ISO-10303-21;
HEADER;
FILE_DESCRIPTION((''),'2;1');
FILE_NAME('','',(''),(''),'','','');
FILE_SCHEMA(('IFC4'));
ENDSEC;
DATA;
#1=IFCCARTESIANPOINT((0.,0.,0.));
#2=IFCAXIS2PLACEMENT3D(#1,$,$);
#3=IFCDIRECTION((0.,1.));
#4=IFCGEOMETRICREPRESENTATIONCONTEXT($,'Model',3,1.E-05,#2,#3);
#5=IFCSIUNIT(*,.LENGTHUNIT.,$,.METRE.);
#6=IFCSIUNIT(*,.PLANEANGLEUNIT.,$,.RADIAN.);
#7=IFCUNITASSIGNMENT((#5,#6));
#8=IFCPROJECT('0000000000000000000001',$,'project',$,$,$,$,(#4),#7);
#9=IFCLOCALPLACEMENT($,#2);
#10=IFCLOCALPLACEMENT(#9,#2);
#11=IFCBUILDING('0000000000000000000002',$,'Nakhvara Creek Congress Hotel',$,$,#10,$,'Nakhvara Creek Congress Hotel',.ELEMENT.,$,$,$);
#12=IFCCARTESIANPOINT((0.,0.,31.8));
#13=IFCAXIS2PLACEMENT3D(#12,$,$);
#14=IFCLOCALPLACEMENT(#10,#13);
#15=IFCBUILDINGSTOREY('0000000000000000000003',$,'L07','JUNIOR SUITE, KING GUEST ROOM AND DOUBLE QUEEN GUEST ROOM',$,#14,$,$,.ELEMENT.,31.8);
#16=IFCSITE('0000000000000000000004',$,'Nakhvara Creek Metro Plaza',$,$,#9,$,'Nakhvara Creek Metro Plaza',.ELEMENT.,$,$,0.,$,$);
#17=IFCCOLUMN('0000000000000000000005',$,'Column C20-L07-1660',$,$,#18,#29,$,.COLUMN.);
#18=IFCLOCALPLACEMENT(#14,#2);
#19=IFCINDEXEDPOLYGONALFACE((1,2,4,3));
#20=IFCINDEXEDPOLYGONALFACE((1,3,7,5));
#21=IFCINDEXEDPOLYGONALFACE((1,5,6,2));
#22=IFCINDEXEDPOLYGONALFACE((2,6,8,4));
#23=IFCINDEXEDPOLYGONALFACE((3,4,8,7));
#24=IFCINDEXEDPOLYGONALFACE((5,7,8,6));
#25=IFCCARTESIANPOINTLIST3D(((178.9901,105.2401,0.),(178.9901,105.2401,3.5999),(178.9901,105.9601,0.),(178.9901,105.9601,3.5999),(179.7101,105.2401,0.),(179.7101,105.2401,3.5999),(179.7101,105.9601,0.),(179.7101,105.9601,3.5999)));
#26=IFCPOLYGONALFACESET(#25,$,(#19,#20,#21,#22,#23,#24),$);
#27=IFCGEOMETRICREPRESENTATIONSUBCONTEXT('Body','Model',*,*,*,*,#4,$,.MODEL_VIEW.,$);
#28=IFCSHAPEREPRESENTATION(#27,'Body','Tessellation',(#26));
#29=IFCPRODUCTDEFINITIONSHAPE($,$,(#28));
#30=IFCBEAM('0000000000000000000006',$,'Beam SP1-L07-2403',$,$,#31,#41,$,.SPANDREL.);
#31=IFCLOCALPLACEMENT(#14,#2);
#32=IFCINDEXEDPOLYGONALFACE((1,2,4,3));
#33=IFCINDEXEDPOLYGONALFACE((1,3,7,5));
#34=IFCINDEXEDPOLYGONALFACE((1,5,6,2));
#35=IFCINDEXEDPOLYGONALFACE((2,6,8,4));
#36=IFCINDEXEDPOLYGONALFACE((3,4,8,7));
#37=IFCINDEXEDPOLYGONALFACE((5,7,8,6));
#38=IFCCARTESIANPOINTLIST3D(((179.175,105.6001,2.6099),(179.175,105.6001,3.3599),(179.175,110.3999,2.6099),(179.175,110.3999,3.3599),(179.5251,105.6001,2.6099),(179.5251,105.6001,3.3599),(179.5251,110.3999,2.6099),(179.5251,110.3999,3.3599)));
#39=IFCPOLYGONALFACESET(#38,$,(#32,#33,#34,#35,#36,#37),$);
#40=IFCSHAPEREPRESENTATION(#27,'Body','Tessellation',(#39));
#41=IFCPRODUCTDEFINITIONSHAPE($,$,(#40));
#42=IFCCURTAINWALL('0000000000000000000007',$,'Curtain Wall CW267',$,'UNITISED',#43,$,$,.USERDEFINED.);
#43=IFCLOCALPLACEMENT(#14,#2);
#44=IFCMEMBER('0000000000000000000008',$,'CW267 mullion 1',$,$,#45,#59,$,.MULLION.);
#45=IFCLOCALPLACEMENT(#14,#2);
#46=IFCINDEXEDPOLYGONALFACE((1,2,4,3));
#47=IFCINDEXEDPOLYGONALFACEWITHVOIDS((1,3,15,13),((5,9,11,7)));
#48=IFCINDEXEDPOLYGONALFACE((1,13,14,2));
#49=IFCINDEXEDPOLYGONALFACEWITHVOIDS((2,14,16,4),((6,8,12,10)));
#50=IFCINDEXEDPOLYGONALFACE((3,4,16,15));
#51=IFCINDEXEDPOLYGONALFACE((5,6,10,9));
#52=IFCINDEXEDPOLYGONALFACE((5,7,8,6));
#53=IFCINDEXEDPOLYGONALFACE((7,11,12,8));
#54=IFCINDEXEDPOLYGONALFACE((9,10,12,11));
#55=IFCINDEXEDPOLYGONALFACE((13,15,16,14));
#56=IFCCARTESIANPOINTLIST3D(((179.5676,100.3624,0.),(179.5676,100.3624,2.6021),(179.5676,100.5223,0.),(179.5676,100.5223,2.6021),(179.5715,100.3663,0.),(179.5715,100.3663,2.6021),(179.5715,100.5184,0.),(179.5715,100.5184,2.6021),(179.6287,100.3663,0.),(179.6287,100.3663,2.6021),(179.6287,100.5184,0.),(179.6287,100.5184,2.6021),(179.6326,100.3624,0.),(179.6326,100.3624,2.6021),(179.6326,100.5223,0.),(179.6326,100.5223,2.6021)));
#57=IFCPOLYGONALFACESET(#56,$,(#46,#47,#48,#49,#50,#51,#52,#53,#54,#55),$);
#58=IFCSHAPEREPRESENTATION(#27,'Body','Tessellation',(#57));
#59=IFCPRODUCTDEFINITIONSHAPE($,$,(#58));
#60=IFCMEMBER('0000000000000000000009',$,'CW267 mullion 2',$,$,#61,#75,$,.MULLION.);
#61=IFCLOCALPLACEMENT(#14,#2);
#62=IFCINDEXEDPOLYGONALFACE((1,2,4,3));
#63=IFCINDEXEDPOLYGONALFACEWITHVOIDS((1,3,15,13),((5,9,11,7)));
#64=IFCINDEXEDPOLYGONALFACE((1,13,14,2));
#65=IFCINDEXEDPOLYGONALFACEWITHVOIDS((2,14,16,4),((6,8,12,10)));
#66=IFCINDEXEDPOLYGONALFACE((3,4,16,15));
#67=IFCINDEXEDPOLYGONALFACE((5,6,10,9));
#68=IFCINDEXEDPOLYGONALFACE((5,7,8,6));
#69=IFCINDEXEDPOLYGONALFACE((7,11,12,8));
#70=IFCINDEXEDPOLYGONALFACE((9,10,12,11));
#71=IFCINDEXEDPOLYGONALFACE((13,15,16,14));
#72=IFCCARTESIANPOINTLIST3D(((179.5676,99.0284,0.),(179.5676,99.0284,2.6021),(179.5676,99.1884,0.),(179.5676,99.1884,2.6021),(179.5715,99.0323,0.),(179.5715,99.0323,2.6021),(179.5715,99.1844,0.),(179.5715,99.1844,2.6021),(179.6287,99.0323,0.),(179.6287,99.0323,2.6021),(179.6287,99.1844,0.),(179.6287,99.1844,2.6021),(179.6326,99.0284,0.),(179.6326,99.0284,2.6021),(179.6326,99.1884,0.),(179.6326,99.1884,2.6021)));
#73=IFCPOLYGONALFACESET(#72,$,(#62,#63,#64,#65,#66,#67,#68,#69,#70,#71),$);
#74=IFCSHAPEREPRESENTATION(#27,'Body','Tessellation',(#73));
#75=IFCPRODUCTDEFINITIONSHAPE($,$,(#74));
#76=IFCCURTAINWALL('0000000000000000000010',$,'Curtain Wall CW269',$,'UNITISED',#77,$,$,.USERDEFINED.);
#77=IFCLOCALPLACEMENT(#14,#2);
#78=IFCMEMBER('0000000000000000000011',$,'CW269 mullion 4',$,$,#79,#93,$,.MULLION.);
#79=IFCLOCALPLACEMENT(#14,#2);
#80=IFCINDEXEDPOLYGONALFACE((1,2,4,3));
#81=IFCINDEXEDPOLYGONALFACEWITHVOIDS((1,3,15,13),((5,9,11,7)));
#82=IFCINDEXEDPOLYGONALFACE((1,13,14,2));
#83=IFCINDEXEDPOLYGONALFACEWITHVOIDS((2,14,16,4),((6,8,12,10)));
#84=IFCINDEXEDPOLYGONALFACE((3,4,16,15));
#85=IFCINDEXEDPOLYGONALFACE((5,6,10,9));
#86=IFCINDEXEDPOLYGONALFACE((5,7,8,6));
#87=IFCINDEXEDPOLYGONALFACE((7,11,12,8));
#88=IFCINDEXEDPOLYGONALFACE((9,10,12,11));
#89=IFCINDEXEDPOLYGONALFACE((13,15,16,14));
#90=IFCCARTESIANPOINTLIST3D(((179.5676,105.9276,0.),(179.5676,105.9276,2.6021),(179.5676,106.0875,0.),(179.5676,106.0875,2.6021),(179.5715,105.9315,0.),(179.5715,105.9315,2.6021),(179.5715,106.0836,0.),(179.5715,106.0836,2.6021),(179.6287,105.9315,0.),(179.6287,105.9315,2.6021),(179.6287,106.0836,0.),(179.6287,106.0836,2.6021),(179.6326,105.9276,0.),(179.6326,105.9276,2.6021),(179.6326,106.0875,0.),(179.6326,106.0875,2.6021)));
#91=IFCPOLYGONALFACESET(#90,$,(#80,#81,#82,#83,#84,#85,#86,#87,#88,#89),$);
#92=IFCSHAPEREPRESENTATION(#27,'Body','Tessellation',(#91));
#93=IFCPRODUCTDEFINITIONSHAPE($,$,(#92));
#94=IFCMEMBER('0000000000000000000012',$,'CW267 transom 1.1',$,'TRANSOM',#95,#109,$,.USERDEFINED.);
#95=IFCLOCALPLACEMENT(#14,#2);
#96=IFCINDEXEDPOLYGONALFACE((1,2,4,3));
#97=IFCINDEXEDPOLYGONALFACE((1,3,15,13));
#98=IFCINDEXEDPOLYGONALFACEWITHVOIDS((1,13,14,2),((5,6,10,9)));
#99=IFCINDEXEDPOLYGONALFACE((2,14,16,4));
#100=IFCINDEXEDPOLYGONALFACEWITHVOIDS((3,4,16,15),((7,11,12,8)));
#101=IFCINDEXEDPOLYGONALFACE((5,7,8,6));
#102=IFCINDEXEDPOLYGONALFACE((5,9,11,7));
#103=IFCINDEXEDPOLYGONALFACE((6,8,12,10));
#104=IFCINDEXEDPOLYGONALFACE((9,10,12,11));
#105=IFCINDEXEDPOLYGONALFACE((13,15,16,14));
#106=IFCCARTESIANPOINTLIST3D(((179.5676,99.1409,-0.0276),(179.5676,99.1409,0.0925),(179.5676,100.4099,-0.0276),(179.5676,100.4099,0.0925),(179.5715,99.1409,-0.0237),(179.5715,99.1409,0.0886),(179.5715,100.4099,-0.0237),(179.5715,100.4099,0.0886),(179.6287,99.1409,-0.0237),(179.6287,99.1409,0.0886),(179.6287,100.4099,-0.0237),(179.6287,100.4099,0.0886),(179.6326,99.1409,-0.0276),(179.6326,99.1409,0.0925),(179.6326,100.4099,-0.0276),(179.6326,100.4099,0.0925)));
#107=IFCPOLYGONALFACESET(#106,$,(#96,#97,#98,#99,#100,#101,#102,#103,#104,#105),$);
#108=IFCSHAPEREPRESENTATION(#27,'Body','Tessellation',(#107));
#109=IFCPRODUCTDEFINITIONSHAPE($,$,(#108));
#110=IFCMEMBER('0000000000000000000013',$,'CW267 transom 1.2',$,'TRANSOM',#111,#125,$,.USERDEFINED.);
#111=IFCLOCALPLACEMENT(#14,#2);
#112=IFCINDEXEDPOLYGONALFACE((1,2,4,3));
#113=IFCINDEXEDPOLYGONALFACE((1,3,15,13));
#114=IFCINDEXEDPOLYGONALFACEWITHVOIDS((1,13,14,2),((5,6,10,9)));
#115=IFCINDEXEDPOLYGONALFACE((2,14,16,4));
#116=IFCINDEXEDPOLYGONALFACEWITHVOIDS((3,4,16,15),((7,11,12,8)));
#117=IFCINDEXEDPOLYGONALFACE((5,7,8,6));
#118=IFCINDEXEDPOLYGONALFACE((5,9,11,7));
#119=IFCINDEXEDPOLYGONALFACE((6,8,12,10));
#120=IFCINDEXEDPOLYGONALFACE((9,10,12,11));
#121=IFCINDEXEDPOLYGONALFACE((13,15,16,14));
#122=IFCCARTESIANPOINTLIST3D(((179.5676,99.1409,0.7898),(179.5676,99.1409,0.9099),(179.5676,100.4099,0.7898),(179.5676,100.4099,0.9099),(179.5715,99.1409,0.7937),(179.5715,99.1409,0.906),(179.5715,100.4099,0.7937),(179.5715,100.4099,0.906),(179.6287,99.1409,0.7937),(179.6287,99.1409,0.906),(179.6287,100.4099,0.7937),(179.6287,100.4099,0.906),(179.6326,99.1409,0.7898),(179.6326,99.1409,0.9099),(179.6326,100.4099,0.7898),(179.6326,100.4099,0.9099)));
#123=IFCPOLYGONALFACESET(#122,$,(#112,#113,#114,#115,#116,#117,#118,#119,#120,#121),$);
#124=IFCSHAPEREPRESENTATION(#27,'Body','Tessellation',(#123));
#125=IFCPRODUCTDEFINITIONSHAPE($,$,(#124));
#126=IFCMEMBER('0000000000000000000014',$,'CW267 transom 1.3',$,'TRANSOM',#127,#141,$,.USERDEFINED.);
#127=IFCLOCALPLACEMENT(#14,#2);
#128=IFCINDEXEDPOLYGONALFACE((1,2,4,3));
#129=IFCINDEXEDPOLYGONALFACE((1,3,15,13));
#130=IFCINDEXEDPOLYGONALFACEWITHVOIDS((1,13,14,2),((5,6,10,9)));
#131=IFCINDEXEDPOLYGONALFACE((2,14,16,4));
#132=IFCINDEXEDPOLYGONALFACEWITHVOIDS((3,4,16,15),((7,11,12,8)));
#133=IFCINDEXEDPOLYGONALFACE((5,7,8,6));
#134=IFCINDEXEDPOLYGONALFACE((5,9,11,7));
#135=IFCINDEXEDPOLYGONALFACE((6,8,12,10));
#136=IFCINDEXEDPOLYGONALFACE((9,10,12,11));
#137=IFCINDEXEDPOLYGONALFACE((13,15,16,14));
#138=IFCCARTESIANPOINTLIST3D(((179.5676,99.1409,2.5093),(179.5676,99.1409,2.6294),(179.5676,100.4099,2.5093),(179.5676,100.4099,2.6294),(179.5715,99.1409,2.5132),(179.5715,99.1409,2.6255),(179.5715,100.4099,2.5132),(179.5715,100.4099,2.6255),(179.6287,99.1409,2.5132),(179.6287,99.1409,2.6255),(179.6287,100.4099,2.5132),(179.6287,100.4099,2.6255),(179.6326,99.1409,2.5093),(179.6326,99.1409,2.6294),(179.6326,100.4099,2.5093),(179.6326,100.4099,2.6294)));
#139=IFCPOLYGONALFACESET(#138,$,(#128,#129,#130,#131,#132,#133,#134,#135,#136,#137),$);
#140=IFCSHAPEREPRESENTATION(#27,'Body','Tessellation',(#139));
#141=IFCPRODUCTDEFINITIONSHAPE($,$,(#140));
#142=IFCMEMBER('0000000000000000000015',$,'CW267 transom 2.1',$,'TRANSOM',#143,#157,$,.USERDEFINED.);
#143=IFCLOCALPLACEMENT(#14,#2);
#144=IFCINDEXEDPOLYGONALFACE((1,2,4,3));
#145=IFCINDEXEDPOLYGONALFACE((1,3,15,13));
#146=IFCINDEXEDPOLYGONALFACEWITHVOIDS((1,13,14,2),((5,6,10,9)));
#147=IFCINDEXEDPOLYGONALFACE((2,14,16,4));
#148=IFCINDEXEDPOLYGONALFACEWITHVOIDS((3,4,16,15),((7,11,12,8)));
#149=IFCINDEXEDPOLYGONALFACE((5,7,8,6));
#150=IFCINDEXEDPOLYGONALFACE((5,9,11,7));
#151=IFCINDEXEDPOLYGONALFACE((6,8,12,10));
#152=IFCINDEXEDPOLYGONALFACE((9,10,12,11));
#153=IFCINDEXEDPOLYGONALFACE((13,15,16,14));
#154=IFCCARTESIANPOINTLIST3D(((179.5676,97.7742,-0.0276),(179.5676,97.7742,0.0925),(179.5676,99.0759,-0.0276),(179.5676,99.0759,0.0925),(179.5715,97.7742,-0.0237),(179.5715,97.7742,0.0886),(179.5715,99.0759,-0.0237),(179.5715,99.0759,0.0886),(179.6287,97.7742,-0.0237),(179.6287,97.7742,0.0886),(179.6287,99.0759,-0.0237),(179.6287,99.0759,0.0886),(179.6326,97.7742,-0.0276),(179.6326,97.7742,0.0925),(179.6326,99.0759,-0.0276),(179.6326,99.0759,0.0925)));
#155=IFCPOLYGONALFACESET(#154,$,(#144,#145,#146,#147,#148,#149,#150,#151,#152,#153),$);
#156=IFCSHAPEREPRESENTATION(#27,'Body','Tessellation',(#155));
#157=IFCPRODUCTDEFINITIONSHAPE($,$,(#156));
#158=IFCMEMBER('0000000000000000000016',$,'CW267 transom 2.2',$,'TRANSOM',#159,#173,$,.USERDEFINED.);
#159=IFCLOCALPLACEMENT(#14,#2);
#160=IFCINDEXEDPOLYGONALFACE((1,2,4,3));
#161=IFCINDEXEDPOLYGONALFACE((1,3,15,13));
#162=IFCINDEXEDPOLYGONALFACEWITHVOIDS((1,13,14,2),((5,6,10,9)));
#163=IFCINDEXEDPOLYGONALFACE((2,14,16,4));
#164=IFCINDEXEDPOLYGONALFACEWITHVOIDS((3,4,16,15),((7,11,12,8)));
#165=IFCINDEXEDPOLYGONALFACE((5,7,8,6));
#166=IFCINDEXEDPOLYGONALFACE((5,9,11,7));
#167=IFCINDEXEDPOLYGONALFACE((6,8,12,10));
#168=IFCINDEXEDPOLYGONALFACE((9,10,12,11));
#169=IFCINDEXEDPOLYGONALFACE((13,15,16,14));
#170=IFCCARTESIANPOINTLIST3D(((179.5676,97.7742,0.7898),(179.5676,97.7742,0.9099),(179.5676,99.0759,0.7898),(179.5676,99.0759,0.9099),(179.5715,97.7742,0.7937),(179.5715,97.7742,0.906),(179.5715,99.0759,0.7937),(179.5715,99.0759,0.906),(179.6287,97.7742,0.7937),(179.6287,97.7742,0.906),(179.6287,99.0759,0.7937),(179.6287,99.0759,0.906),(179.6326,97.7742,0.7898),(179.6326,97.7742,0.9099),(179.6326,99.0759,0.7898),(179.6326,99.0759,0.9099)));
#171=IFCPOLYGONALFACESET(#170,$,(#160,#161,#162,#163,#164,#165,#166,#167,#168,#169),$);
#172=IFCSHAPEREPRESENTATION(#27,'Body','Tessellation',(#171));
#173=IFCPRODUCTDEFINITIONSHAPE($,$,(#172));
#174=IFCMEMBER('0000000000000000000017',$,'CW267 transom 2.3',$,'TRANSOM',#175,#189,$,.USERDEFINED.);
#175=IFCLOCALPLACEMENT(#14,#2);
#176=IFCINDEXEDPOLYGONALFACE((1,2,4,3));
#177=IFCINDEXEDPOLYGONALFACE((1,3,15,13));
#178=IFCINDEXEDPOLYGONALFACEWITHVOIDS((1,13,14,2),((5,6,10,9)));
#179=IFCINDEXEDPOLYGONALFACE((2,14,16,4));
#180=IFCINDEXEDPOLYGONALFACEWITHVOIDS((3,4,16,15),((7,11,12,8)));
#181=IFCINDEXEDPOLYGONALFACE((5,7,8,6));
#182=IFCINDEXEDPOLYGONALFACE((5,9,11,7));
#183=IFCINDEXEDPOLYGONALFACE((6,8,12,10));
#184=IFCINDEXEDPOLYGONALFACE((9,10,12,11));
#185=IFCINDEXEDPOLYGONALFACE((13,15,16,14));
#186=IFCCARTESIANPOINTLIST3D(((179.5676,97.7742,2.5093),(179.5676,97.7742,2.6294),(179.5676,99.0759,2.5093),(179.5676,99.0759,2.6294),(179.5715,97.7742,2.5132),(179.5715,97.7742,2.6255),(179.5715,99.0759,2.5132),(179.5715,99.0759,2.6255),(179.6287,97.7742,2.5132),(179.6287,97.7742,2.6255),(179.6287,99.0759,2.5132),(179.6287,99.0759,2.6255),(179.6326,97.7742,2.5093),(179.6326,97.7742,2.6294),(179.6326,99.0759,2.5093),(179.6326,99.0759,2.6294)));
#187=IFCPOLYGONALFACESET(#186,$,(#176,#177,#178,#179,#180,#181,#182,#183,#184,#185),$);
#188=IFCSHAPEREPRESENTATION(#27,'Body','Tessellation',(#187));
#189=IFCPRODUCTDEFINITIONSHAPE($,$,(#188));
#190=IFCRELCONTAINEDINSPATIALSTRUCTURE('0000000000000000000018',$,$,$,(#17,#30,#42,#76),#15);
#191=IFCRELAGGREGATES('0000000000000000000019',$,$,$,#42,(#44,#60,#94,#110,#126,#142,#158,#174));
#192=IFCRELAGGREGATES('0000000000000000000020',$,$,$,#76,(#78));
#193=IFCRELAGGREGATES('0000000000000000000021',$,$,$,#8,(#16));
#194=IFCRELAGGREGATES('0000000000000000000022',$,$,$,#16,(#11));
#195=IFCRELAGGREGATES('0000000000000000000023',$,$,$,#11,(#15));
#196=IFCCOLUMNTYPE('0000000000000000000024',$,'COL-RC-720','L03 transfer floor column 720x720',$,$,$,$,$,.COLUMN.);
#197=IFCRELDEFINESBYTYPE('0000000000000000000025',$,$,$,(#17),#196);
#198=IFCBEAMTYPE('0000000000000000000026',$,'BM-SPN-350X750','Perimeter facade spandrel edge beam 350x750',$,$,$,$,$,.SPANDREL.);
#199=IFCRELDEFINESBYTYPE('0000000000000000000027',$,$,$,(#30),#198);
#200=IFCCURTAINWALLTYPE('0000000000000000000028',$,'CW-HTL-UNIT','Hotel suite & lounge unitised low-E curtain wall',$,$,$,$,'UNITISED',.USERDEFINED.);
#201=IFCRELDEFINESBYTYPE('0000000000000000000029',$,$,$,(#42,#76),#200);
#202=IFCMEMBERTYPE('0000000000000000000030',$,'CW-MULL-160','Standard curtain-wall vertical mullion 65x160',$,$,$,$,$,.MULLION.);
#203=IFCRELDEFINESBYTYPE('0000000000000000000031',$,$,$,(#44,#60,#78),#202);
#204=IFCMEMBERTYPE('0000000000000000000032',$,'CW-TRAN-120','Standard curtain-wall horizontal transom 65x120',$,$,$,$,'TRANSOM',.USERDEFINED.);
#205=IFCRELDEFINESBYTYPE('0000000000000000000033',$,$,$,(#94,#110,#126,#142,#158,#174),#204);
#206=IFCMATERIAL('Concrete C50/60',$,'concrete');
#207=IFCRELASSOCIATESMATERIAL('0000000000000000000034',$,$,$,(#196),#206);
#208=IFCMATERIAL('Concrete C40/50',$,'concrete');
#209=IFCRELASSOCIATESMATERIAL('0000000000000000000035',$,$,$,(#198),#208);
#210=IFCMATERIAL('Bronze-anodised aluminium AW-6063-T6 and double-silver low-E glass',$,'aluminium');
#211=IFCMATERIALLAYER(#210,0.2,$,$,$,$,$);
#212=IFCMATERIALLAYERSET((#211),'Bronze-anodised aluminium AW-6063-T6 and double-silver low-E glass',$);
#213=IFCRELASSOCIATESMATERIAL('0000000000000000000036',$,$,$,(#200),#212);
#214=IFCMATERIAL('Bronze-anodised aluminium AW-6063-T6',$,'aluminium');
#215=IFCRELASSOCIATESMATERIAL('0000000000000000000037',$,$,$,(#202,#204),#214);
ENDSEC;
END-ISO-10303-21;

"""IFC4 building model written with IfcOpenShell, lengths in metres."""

from ifc_helpers import new_model, si_unit, direction, frame, origin, origin_2d, place, context, subcontext, project, spatial, rectangle, hollow_rectangle, extrude, material, layer, layer_set, material_profile, profile_set, type_object, element, aggregate, save


model = new_model("IFC4")

# Units and contexts
model_context = context("Model", 3, precision=1e-05, world=origin(), true_north=direction((0.0, 1.0)))
body_context = subcontext(model_context, "Body", "Model", "MODEL_VIEW")
ifc_project = project(units=[si_unit("LENGTHUNIT", "METRE"), si_unit("PLANEANGLEUNIT", "RADIAN")], contexts=[model_context])

# Site, building, storey
site_placement = place(None, origin())
site = spatial("IfcSite", under=ifc_project, at=site_placement, Name="Nakhvara Creek Metro Plaza", LongName="Nakhvara Creek Metro Plaza", CompositionType="ELEMENT", RefElevation=0.0)
building_placement = place(site_placement, origin())
building = spatial("IfcBuilding", under=site, at=building_placement, Name="Nakhvara Creek Congress Hotel", LongName="Nakhvara Creek Congress Hotel", CompositionType="ELEMENT")
storey_placement = place(building_placement, frame((0.0, 0.0, 31.8)))
storey = spatial("IfcBuildingStorey", under=building, at=storey_placement, Name="L07", Description="JUNIOR SUITE, KING GUEST ROOM AND DOUBLE QUEEN GUEST ROOM", CompositionType="ELEMENT", Elevation=31.8)

# Column
ifc_material_1 = material(Name="Concrete C50/60", Category="concrete")
ifc_material_profile_1 = material_profile(ifc_material_1, rectangle(XDim=0.72, YDim=0.72, at=origin_2d()), Name="RC-COL 720x720", Category="LoadBearing")
ifc_profile_set_1 = profile_set([ifc_material_profile_1], Name="Concrete C50/60")
column_type = type_object("IfcColumnType", Name="COL-RC-720", Description="L03 transfer floor column 720x720", PredefinedType="COLUMN", material=ifc_profile_set_1)
column_placement = place(storey_placement, frame((179.3501, 105.6001, 0.0), z_axis=(0.0, 0.0, 1.0), x_axis=(1.0, 0.0, 0.0)))
element("IfcColumn", 1, at=column_placement, inside=storey, type_object=column_type, Name="Column C20-L07-1660", PredefinedType="COLUMN", context=body_context, shape_type="SweptSolid", body=[
    extrude(rectangle(XDim=0.72, YDim=0.72, at=origin_2d()), origin(), (0.0, 0.0, 1.0), 3.5999),
])

# Beam
ifc_material_2 = material(Name="Concrete C40/50", Category="concrete")
ifc_material_profile_2 = material_profile(ifc_material_2, rectangle(XDim=0.3501, YDim=0.75, at=origin_2d()), Name="RC-SPANDREL 350x750", Category="LoadBearing")
ifc_profile_set_2 = profile_set([ifc_material_profile_2], Name="Concrete C40/50")
beam_type = type_object("IfcBeamType", Name="BM-SPN-350X750", Description="Perimeter facade spandrel edge beam 350x750", PredefinedType="SPANDREL", material=ifc_profile_set_2)
beam_placement = place(storey_placement, frame((179.3501, 105.6001, 2.9849), z_axis=(0.0, 1.0, 0.0), x_axis=(-1.0, 0.0, 0.0)))
element("IfcBeam", 2, at=beam_placement, inside=storey, type_object=beam_type, Name="Beam SP1-L07-2403", PredefinedType="SPANDREL", context=body_context, shape_type="SweptSolid", body=[
    extrude(rectangle(XDim=0.3501, YDim=0.75, at=origin_2d()), origin(), (0.0, 0.0, 1.0), 4.7998),
])

# Curtain wall, members
ifc_material_3 = material(Name="Bronze-anodised aluminium AW-6063-T6 and double-silver low-E glass", Category="aluminium")
ifc_layer_1 = layer(ifc_material_3, 0.2)
ifc_layer_set_1 = layer_set([ifc_layer_1], Name="Bronze-anodised aluminium AW-6063-T6 and double-silver low-E glass")
curtain_wall_type = type_object("IfcCurtainWallType", Name="CW-HTL-UNIT", Description="Hotel suite & lounge unitised low-E curtain wall", ElementType="UNITISED", PredefinedType="USERDEFINED", material=ifc_layer_set_1)
curtain_wall_1_placement = place(storey_placement, origin())
curtain_wall_1 = element("IfcCurtainWall", 3, at=curtain_wall_1_placement, inside=storey, type_object=curtain_wall_type, Name="Curtain Wall CW267", ObjectType="UNITISED", PredefinedType="USERDEFINED")
ifc_material_4 = material(Name="Bronze-anodised aluminium AW-6063-T6", Category="aluminium")
ifc_material_profile_3 = material_profile(ifc_material_4, hollow_rectangle(XDim=0.0649, YDim=0.1599, WallThickness=0.0039, at=origin_2d()), Name="ALU-MULL 65x160x4", Category="LoadBearing")
ifc_profile_set_3 = profile_set([ifc_material_profile_3], Name="Bronze-anodised aluminium AW-6063-T6")
member_type_1 = type_object("IfcMemberType", Name="CW-MULL-160", Description="Standard curtain-wall vertical mullion 65x160", PredefinedType="MULLION", material=ifc_profile_set_3)
member_1_placement = place(storey_placement, frame((179.6001, 100.4424, 0.0), z_axis=(0.0, 0.0, 1.0), x_axis=(1.0, 0.0, 0.0)))
member_1 = element("IfcMember", 4, at=member_1_placement, type_object=member_type_1, Name="CW267 mullion 1", PredefinedType="MULLION", context=body_context, shape_type="SweptSolid", body=[
    extrude(hollow_rectangle(XDim=0.0649, YDim=0.1599, WallThickness=0.0039, at=origin_2d()), origin(), (0.0, 0.0, 1.0), 2.6021),
])
member_2_placement = place(storey_placement, frame((179.6001, 99.1084, 0.0), z_axis=(0.0, 0.0, 1.0), x_axis=(1.0, 0.0, 0.0)))
member_2 = element("IfcMember", 5, at=member_2_placement, type_object=member_type_1, Name="CW267 mullion 2", PredefinedType="MULLION", context=body_context, shape_type="SweptSolid", body=[
    extrude(hollow_rectangle(XDim=0.0649, YDim=0.1599, WallThickness=0.0039, at=origin_2d()), origin(), (0.0, 0.0, 1.0), 2.6021),
])

# Curtain wall, member
curtain_wall_2_placement = place(storey_placement, origin())
curtain_wall_2 = element("IfcCurtainWall", 6, at=curtain_wall_2_placement, inside=storey, type_object=curtain_wall_type, Name="Curtain Wall CW269", ObjectType="UNITISED", PredefinedType="USERDEFINED")
member_3_placement = place(storey_placement, frame((179.6001, 106.0076, 0.0), z_axis=(0.0, 0.0, 1.0), x_axis=(1.0, 0.0, 0.0)))
member_3 = element("IfcMember", 7, at=member_3_placement, type_object=member_type_1, Name="CW269 mullion 4", PredefinedType="MULLION", context=body_context, shape_type="SweptSolid", body=[
    extrude(hollow_rectangle(XDim=0.0649, YDim=0.1599, WallThickness=0.0039, at=origin_2d()), origin(), (0.0, 0.0, 1.0), 2.6021),
])

# Members
ifc_material_profile_4 = material_profile(ifc_material_4, hollow_rectangle(XDim=0.0649, YDim=0.1201, WallThickness=0.0039, at=origin_2d()), Name="ALU-TRAN 65x120x4", Category="LoadBearing")
ifc_profile_set_4 = profile_set([ifc_material_profile_4], Name="Bronze-anodised aluminium AW-6063-T6")
member_type_2 = type_object("IfcMemberType", Name="CW-TRAN-120", Description="Standard curtain-wall horizontal transom 65x120", ElementType="TRANSOM", PredefinedType="USERDEFINED", material=ifc_profile_set_4)
member_4_placement = place(storey_placement, frame((179.6001, 100.4099, 0.0325), z_axis=(0.0, -1.0, 0.0), x_axis=(1.0, 0.0, 0.0)))
member_4 = element("IfcMember", 8, at=member_4_placement, type_object=member_type_2, Name="CW267 transom 1.1", ObjectType="TRANSOM", PredefinedType="USERDEFINED", context=body_context, shape_type="SweptSolid", body=[
    extrude(hollow_rectangle(XDim=0.0649, YDim=0.1201, WallThickness=0.0039, at=origin_2d()), origin(), (0.0, 0.0, 1.0), 1.269),
])
member_5_placement = place(storey_placement, frame((179.6001, 100.4099, 0.8499), z_axis=(0.0, -1.0, 0.0), x_axis=(1.0, 0.0, 0.0)))
member_5 = element("IfcMember", 9, at=member_5_placement, type_object=member_type_2, Name="CW267 transom 1.2", ObjectType="TRANSOM", PredefinedType="USERDEFINED", context=body_context, shape_type="SweptSolid", body=[
    extrude(hollow_rectangle(XDim=0.0649, YDim=0.1201, WallThickness=0.0039, at=origin_2d()), origin(), (0.0, 0.0, 1.0), 1.269),
])
member_6_placement = place(storey_placement, frame((179.6001, 100.4099, 2.5693), z_axis=(0.0, -1.0, 0.0), x_axis=(1.0, 0.0, 0.0)))
member_6 = element("IfcMember", 10, at=member_6_placement, type_object=member_type_2, Name="CW267 transom 1.3", ObjectType="TRANSOM", PredefinedType="USERDEFINED", context=body_context, shape_type="SweptSolid", body=[
    extrude(hollow_rectangle(XDim=0.0649, YDim=0.1201, WallThickness=0.0039, at=origin_2d()), origin(), (0.0, 0.0, 1.0), 1.269),
])
member_7_placement = place(storey_placement, frame((179.6001, 99.0759, 0.0325), z_axis=(0.0, -1.0, 0.0), x_axis=(1.0, 0.0, 0.0)))
member_7 = element("IfcMember", 11, at=member_7_placement, type_object=member_type_2, Name="CW267 transom 2.1", ObjectType="TRANSOM", PredefinedType="USERDEFINED", context=body_context, shape_type="SweptSolid", body=[
    extrude(hollow_rectangle(XDim=0.0649, YDim=0.1201, WallThickness=0.0039, at=origin_2d()), origin(), (0.0, 0.0, 1.0), 1.3018),
])
member_8_placement = place(storey_placement, frame((179.6001, 99.0759, 0.8499), z_axis=(0.0, -1.0, 0.0), x_axis=(1.0, 0.0, 0.0)))
member_8 = element("IfcMember", 12, at=member_8_placement, type_object=member_type_2, Name="CW267 transom 2.2", ObjectType="TRANSOM", PredefinedType="USERDEFINED", context=body_context, shape_type="SweptSolid", body=[
    extrude(hollow_rectangle(XDim=0.0649, YDim=0.1201, WallThickness=0.0039, at=origin_2d()), origin(), (0.0, 0.0, 1.0), 1.3018),
])
member_9_placement = place(storey_placement, frame((179.6001, 99.0759, 2.5693), z_axis=(0.0, -1.0, 0.0), x_axis=(1.0, 0.0, 0.0)))
member_9 = element("IfcMember", 13, at=member_9_placement, type_object=member_type_2, Name="CW267 transom 2.3", ObjectType="TRANSOM", PredefinedType="USERDEFINED", context=body_context, shape_type="SweptSolid", body=[
    extrude(hollow_rectangle(XDim=0.0649, YDim=0.1201, WallThickness=0.0039, at=origin_2d()), origin(), (0.0, 0.0, 1.0), 1.3018),
])

aggregate(curtain_wall_1, [member_1, member_2, member_4, member_5, member_6, member_7, member_8, member_9])
aggregate(curtain_wall_2, [member_3])

save(model, "model.ifc")
